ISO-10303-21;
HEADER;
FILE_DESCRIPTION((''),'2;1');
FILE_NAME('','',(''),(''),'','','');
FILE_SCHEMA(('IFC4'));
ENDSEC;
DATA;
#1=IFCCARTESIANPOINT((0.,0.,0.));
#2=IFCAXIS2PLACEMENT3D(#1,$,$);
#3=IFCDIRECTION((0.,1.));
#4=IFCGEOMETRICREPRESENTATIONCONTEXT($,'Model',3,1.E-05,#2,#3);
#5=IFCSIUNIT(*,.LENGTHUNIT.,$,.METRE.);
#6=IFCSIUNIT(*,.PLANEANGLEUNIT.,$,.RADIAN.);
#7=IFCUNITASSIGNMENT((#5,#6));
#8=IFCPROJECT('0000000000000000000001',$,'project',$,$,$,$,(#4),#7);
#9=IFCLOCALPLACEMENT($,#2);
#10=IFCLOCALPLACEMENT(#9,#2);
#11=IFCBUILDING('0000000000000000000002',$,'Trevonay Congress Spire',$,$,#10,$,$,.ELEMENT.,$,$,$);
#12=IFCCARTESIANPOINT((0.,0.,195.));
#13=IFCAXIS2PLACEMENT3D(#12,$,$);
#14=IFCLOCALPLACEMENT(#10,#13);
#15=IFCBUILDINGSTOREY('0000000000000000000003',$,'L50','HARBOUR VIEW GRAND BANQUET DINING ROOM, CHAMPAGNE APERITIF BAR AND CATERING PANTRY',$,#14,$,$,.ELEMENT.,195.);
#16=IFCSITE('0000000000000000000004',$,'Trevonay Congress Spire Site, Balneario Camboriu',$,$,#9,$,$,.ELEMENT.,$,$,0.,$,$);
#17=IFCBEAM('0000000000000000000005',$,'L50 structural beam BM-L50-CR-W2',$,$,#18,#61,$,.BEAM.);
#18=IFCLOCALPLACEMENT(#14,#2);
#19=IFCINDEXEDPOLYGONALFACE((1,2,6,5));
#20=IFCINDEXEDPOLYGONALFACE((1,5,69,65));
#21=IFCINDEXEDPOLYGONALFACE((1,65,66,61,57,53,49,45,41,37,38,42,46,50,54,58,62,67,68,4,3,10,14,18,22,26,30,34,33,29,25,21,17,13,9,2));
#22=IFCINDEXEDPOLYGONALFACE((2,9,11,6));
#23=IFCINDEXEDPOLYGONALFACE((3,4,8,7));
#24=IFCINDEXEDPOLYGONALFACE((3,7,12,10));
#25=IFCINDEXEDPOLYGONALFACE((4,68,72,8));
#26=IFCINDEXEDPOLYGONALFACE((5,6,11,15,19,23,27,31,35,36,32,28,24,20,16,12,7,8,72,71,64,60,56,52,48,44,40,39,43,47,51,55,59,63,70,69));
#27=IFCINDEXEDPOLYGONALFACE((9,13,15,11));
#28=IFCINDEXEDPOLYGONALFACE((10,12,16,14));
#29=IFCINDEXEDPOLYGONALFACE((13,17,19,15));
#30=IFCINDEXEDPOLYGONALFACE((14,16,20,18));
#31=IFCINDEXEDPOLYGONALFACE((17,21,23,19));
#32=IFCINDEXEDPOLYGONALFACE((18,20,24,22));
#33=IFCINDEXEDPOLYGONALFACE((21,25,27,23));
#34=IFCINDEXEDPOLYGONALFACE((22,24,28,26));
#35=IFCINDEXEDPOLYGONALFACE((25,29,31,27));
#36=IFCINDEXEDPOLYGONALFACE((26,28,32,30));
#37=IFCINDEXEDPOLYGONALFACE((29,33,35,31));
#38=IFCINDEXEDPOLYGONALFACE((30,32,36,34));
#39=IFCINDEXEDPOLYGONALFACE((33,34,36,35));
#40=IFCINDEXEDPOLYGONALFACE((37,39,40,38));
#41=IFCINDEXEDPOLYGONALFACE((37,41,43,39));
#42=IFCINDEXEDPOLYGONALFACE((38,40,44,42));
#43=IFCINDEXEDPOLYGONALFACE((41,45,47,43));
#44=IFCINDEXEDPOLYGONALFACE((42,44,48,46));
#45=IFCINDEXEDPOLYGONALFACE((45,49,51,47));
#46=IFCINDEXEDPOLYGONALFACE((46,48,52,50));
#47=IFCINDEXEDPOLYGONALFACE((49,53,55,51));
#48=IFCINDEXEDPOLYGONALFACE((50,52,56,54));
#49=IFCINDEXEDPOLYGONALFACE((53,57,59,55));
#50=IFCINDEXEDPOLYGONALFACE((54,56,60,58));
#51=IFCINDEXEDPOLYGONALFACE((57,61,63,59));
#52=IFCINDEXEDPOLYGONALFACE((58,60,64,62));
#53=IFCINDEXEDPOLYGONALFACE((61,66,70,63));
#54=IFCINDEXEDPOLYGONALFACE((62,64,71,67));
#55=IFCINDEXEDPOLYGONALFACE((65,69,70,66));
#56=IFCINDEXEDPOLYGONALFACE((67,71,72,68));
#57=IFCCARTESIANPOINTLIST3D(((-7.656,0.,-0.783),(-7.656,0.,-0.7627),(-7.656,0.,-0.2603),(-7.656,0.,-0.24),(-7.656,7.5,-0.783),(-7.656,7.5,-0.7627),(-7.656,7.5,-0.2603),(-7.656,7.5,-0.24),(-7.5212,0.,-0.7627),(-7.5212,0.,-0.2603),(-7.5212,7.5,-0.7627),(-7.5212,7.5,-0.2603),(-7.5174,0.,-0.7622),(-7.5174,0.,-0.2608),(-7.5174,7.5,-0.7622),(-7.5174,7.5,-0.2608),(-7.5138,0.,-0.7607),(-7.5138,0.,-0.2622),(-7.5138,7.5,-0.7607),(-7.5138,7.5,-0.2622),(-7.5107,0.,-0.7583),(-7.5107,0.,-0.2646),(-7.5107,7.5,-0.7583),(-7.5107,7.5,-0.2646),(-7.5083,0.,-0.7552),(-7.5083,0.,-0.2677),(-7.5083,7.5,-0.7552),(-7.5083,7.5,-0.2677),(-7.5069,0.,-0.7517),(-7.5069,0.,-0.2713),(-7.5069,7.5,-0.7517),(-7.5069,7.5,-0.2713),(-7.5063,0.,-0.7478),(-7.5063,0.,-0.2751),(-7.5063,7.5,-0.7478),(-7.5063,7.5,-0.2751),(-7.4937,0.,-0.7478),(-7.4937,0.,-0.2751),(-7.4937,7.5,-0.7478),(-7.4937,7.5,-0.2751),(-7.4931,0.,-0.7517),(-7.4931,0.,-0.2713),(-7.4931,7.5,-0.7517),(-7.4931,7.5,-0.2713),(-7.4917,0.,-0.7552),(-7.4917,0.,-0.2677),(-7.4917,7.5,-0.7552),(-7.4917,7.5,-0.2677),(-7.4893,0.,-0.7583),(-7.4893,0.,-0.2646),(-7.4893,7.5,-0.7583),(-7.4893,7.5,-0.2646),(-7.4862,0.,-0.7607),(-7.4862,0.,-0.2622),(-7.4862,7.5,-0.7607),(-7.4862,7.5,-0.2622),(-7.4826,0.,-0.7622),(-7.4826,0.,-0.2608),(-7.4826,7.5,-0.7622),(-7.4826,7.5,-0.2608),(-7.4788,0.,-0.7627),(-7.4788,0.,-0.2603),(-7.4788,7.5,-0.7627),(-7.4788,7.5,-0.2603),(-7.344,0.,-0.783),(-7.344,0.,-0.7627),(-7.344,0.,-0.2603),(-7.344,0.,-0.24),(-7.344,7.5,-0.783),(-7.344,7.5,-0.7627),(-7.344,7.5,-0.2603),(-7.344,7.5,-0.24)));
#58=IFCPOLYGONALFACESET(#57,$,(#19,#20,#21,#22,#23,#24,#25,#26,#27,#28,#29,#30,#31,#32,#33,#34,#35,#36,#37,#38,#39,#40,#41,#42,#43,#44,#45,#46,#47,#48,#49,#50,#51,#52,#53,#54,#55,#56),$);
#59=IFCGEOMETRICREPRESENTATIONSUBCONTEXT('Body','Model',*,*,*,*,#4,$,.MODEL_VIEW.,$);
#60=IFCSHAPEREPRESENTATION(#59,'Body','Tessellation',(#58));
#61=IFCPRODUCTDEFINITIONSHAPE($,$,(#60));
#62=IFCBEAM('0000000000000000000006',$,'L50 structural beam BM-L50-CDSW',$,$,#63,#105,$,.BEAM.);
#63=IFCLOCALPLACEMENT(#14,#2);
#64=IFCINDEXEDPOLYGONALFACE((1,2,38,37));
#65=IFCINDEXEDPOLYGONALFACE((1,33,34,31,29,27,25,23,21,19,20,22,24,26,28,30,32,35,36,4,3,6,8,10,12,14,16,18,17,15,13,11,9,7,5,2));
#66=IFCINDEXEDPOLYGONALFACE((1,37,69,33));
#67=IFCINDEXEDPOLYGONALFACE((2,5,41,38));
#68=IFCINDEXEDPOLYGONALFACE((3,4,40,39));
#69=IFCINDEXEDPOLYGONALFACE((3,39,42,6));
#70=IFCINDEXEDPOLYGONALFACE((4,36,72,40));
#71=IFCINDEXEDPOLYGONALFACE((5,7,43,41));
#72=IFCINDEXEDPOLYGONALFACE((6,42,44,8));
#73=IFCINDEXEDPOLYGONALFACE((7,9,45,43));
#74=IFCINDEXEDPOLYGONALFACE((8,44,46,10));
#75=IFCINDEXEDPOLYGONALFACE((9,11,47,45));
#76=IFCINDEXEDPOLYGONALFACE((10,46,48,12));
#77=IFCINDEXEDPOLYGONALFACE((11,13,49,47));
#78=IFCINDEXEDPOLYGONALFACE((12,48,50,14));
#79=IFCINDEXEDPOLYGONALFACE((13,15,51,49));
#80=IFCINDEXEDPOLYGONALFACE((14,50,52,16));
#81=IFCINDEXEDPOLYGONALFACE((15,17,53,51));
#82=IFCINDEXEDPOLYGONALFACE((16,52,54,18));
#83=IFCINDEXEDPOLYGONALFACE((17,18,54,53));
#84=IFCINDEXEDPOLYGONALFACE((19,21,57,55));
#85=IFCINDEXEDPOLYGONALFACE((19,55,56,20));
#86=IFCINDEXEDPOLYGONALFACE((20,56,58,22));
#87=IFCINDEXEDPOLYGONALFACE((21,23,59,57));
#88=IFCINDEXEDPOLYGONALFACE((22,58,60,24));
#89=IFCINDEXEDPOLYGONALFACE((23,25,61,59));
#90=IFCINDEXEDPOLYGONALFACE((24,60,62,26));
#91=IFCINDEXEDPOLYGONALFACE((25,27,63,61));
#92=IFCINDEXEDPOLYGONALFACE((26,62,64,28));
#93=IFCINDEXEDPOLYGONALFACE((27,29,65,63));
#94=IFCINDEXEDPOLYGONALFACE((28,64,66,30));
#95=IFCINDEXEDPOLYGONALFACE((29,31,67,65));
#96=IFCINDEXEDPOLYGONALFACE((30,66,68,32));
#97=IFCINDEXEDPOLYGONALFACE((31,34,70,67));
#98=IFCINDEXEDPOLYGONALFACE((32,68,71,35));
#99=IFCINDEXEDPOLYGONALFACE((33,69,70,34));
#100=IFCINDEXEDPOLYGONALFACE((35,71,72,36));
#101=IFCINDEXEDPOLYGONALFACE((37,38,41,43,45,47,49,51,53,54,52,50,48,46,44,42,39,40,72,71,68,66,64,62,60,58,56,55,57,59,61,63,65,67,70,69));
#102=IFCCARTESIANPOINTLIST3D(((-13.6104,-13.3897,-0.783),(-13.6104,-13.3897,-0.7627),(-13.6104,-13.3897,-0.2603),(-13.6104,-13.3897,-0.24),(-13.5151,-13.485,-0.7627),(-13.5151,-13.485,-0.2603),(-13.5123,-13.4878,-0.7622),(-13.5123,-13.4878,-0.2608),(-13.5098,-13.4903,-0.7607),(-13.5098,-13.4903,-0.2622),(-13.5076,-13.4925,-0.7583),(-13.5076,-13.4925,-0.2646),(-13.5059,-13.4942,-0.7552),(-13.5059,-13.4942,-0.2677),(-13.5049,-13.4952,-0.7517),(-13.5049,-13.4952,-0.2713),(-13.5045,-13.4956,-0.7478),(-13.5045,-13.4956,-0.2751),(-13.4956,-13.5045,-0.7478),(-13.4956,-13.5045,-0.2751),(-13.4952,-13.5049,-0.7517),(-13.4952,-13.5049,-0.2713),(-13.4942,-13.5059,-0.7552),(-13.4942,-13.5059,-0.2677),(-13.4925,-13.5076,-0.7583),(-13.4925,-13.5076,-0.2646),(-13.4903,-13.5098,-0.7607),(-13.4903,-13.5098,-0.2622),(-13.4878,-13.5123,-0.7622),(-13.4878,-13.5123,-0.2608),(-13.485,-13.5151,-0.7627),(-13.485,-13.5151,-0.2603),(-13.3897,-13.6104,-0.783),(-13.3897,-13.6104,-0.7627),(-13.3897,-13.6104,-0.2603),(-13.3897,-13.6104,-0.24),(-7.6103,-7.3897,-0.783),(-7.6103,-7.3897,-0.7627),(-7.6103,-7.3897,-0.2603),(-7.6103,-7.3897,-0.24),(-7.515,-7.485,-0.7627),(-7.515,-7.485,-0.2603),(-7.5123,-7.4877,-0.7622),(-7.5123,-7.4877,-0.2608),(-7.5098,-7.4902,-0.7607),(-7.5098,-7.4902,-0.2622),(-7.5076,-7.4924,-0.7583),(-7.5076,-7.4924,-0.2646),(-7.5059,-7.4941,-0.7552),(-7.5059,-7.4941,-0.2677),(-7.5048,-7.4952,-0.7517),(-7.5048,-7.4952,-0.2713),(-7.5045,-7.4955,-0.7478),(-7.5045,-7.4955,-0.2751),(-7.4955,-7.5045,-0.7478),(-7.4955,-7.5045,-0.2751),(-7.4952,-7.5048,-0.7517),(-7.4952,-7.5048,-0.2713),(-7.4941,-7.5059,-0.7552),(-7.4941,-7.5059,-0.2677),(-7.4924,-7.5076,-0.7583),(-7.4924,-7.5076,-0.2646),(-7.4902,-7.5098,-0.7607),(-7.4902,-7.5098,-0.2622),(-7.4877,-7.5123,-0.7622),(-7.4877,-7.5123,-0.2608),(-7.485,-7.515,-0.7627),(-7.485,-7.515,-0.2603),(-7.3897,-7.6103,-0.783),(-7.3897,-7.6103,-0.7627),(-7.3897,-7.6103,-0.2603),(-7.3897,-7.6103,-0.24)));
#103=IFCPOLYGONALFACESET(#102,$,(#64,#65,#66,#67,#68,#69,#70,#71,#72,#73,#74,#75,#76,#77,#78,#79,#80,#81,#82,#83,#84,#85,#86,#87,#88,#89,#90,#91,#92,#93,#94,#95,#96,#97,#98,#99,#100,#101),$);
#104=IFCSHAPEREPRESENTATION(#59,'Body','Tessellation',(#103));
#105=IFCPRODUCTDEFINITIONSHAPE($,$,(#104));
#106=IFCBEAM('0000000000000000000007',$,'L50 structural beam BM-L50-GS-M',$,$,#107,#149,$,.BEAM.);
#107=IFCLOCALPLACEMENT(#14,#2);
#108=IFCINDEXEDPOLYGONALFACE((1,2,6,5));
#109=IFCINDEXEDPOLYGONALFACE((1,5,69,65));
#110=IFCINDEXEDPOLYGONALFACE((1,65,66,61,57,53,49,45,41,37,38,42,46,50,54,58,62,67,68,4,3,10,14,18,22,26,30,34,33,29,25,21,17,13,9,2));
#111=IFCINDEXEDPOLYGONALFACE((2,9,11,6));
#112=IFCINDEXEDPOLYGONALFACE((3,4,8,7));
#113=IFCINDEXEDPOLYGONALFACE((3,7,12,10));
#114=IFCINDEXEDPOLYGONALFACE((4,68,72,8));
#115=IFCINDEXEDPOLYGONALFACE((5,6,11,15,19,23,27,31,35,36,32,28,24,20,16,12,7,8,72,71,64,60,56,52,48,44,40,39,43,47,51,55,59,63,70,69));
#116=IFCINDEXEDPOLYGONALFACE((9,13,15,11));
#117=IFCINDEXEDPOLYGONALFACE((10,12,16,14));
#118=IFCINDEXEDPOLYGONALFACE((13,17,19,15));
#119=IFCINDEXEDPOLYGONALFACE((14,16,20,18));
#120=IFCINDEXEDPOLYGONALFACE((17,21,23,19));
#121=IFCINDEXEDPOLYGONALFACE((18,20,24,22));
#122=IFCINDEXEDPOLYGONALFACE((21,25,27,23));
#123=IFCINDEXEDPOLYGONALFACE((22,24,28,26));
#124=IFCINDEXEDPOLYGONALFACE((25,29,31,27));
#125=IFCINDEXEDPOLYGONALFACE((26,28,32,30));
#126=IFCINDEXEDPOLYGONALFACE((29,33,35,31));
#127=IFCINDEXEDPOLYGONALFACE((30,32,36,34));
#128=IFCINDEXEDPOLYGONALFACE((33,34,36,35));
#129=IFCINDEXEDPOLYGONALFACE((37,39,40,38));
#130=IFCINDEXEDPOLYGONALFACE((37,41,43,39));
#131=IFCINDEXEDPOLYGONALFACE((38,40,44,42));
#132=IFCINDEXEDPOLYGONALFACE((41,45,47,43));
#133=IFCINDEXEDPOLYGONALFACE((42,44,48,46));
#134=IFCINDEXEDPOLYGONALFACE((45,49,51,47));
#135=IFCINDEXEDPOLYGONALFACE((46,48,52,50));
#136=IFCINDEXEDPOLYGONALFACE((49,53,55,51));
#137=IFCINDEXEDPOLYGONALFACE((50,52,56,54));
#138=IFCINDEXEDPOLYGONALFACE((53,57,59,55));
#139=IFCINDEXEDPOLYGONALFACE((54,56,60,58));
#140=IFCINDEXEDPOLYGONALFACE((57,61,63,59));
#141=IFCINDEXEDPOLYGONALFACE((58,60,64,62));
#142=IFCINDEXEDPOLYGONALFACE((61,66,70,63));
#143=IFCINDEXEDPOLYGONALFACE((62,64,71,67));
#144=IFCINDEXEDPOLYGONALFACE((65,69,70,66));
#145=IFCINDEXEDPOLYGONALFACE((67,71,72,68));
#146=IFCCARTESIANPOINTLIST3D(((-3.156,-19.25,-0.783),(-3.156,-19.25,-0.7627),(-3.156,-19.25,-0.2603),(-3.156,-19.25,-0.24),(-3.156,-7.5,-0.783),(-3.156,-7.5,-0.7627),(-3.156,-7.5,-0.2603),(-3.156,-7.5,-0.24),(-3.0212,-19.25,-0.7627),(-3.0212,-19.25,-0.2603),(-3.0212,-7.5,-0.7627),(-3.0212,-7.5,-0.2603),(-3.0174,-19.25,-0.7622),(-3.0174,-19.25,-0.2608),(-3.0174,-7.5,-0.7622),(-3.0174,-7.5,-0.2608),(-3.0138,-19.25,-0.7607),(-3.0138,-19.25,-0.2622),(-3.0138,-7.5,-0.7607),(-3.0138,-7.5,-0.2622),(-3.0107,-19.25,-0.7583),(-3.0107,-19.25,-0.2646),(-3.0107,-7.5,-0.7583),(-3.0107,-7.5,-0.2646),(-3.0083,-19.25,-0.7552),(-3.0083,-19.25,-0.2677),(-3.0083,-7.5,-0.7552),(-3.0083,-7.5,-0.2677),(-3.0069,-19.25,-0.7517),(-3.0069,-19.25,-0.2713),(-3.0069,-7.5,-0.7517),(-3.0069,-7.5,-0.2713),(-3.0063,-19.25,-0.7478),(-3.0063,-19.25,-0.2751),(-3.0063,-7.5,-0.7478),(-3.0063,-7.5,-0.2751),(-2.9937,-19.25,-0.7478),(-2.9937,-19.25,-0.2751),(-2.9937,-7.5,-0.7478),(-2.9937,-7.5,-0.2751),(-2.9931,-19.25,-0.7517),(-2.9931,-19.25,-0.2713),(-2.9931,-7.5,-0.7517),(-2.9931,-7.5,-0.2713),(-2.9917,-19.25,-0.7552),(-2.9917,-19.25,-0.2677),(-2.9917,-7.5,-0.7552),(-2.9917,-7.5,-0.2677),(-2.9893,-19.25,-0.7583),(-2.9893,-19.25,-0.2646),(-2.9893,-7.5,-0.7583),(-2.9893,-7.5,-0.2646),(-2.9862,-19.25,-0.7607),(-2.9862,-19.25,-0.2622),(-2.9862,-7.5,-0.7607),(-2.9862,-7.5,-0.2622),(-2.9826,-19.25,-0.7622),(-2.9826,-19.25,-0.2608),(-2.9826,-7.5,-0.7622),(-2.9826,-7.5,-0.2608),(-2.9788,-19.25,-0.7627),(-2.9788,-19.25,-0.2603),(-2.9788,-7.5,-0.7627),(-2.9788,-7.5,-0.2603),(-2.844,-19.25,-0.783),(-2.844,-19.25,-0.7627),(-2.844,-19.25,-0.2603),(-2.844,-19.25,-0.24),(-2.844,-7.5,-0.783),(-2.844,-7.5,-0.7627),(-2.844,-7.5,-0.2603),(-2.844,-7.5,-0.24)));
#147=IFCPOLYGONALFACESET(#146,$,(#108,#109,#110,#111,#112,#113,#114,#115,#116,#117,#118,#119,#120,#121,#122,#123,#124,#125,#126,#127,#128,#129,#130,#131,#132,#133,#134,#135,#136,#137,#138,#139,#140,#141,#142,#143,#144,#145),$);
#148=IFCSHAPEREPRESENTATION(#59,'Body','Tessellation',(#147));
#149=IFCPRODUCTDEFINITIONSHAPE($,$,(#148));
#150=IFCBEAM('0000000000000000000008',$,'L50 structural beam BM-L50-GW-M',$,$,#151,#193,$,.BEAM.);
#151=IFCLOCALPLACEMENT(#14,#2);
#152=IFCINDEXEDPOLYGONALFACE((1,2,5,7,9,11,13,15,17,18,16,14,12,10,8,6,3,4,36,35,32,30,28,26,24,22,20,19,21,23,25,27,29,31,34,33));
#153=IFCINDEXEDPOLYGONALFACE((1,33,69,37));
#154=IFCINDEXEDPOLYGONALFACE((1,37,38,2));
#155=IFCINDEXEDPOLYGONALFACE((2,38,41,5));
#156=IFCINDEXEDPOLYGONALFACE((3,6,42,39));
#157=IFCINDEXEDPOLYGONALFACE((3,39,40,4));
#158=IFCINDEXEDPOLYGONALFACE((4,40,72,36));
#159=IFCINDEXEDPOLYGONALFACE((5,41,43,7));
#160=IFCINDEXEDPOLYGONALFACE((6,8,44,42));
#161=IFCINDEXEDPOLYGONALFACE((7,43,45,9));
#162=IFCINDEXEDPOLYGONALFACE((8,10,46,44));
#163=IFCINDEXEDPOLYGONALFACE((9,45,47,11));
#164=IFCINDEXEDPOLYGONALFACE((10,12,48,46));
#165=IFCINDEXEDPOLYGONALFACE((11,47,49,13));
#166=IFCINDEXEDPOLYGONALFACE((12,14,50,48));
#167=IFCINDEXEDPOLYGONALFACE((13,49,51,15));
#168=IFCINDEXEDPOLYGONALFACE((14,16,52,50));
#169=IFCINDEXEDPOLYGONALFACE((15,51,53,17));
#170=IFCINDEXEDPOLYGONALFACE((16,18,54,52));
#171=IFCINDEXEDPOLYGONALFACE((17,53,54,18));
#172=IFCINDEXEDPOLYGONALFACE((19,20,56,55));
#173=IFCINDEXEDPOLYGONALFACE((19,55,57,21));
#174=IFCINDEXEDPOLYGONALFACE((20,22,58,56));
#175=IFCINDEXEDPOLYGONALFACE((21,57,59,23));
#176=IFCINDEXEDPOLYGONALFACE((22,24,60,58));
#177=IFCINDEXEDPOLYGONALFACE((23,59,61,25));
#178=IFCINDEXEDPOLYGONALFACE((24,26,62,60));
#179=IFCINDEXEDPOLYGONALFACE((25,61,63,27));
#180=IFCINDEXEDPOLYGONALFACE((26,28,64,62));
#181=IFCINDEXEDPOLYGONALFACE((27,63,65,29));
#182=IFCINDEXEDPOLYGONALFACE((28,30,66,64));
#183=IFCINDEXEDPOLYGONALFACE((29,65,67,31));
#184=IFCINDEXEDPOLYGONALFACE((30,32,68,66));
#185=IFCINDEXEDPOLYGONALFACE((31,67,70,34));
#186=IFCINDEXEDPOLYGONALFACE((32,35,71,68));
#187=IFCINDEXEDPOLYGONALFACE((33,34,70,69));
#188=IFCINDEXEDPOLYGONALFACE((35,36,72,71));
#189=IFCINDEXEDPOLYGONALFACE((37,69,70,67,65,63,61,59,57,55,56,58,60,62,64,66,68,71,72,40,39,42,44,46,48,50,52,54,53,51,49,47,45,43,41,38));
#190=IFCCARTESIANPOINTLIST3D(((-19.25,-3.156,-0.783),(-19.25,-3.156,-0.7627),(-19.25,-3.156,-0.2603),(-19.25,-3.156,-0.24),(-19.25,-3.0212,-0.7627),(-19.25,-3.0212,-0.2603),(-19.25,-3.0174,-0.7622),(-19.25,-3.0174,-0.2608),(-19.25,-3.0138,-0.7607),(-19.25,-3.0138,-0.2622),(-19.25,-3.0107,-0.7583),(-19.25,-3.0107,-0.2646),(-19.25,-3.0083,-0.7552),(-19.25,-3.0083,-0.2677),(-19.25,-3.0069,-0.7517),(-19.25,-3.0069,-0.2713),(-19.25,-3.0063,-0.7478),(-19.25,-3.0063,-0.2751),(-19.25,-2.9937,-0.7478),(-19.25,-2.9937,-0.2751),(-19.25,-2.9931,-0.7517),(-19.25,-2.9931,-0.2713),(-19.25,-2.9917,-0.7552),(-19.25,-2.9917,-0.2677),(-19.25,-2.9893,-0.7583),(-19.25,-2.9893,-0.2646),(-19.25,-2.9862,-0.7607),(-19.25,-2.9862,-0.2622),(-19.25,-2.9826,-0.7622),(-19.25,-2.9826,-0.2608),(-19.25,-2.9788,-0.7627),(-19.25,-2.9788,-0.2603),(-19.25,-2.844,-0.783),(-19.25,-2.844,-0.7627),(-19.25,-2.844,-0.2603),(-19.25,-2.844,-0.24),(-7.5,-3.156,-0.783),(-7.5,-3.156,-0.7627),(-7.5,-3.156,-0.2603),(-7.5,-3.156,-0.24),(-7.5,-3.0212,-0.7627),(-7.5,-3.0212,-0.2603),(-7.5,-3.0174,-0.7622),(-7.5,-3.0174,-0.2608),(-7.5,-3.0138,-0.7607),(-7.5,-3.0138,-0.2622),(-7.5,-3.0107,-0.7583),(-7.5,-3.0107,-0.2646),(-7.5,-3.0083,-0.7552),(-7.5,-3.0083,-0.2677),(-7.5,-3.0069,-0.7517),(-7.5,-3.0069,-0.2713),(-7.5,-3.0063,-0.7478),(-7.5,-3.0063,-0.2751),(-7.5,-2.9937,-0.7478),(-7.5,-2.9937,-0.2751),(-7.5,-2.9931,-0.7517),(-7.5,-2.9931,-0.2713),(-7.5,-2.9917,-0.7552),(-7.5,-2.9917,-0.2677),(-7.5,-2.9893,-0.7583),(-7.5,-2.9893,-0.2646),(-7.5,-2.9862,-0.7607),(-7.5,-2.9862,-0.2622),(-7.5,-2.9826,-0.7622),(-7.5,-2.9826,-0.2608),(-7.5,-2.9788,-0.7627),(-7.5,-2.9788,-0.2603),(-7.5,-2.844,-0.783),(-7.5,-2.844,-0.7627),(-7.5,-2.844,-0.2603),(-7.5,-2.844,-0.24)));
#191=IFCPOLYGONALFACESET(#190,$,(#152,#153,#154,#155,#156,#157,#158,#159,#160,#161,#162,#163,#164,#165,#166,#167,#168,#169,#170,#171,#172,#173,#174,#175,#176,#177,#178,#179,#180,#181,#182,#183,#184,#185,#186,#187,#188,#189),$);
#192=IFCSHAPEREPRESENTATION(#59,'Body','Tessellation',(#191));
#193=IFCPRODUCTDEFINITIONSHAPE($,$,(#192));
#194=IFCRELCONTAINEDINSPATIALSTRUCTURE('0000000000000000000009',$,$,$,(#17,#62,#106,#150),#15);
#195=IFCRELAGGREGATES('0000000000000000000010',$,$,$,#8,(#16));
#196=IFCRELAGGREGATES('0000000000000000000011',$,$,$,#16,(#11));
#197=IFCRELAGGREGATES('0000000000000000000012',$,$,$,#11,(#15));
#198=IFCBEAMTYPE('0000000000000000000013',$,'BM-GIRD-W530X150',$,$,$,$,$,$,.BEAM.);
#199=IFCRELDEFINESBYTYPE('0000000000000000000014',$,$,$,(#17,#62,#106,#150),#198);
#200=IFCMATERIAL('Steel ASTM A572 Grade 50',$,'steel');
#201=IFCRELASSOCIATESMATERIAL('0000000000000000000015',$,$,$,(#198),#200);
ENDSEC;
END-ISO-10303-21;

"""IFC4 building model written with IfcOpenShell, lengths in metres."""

from ifc_helpers import new_model, si_unit, direction, frame, origin, origin_2d, place, context, subcontext, project, spatial, i_section, extrude, material, material_profile, profile_set, type_object, element, save


model = new_model("IFC4")

# Units and contexts
model_context = context("Model", 3, precision=1e-05, world=origin(), true_north=direction((0.0, 1.0)))
body_context = subcontext(model_context, "Body", "Model", "MODEL_VIEW")
ifc_project = project(units=[si_unit("LENGTHUNIT", "METRE"), si_unit("PLANEANGLEUNIT", "RADIAN")], contexts=[model_context])

# Site, building, storey
site_placement = place(None, origin())
site = spatial("IfcSite", under=ifc_project, at=site_placement, Name="Trevonay Congress Spire Site, Balneario Camboriu", CompositionType="ELEMENT", RefElevation=0.0)
building_placement = place(site_placement, origin())
building = spatial("IfcBuilding", under=site, at=building_placement, Name="Trevonay Congress Spire", CompositionType="ELEMENT")
storey_placement = place(building_placement, frame((0.0, 0.0, 195.0)))
storey = spatial("IfcBuildingStorey", under=building, at=storey_placement, Name="L50", Description="HARBOUR VIEW GRAND BANQUET DINING ROOM, CHAMPAGNE APERITIF BAR AND CATERING PANTRY", CompositionType="ELEMENT", Elevation=195.0)

# Shared definitions
ifc_material_1 = material(Name="Steel ASTM A572 Grade 50", Category="steel")

# Beams
ifc_material_profile_1 = material_profile(ifc_material_1, i_section(OverallWidth=0.312, OverallDepth=0.543, WebThickness=0.0127, FlangeThickness=0.0203, FilletRadius=0.0149, at=origin_2d()), Name="W530x150")
ifc_profile_set_1 = profile_set([ifc_material_profile_1], Name="Steel ASTM A572 Grade 50")
beam_type_1 = type_object("IfcBeamType", Name="BM-GIRD-W530X150", PredefinedType="BEAM", material=ifc_profile_set_1)
for number, where, z_axis, x_axis, name in (
    (1, (-7.5, 0.0, -0.5115), (0.0, 1.0, 0.0), (-1.0, 0.0, 0.0), "L50 structural beam BM-L50-CR-W2"),
):
    element("IfcBeam", number, at=place(storey_placement, frame(where, z_axis=z_axis, x_axis=x_axis)), inside=storey, type_object=beam_type_1, Name=name, PredefinedType="BEAM", context=body_context, shape_type="SweptSolid", body=[
        extrude(i_section(OverallWidth=0.312, OverallDepth=0.543, WebThickness=0.0127, FlangeThickness=0.0203, FilletRadius=0.0149, at=origin_2d()), origin(), (0.0, 0.0, 1.0), 7.5),
    ])
beam_1_placement = place(storey_placement, frame((-7.5, -7.5, -0.5115), z_axis=(-0.707107, -0.707107, 0.0), x_axis=(0.707107, -0.707107, 0.0)))
element("IfcBeam", 2, at=beam_1_placement, inside=storey, type_object=beam_type_1, Name="L50 structural beam BM-L50-CDSW", PredefinedType="BEAM", context=body_context, shape_type="SweptSolid", body=[
    extrude(i_section(OverallWidth=0.312, OverallDepth=0.543, WebThickness=0.0127, FlangeThickness=0.0203, FilletRadius=0.0149, at=origin_2d()), origin(), (0.0, 0.0, 1.0), 8.4854),
])
for number, where, z_axis, x_axis, name in (
    (3, (-3.0, -7.5, -0.5115), (0.0, -1.0, 0.0), (1.0, 0.0, 0.0), "L50 structural beam BM-L50-GS-M"),
    (4, (-7.5, -3.0, -0.5115), (-1.0, 0.0, 0.0), (0.0, -1.0, 0.0), "L50 structural beam BM-L50-GW-M"),
):
    element("IfcBeam", number, at=place(storey_placement, frame(where, z_axis=z_axis, x_axis=x_axis)), inside=storey, type_object=beam_type_1, Name=name, PredefinedType="BEAM", context=body_context, shape_type="SweptSolid", body=[
        extrude(i_section(OverallWidth=0.312, OverallDepth=0.543, WebThickness=0.0127, FlangeThickness=0.0203, FilletRadius=0.0149, at=origin_2d()), origin(), (0.0, 0.0, 1.0), 11.75),
    ])

save(model, "model.ifc")
